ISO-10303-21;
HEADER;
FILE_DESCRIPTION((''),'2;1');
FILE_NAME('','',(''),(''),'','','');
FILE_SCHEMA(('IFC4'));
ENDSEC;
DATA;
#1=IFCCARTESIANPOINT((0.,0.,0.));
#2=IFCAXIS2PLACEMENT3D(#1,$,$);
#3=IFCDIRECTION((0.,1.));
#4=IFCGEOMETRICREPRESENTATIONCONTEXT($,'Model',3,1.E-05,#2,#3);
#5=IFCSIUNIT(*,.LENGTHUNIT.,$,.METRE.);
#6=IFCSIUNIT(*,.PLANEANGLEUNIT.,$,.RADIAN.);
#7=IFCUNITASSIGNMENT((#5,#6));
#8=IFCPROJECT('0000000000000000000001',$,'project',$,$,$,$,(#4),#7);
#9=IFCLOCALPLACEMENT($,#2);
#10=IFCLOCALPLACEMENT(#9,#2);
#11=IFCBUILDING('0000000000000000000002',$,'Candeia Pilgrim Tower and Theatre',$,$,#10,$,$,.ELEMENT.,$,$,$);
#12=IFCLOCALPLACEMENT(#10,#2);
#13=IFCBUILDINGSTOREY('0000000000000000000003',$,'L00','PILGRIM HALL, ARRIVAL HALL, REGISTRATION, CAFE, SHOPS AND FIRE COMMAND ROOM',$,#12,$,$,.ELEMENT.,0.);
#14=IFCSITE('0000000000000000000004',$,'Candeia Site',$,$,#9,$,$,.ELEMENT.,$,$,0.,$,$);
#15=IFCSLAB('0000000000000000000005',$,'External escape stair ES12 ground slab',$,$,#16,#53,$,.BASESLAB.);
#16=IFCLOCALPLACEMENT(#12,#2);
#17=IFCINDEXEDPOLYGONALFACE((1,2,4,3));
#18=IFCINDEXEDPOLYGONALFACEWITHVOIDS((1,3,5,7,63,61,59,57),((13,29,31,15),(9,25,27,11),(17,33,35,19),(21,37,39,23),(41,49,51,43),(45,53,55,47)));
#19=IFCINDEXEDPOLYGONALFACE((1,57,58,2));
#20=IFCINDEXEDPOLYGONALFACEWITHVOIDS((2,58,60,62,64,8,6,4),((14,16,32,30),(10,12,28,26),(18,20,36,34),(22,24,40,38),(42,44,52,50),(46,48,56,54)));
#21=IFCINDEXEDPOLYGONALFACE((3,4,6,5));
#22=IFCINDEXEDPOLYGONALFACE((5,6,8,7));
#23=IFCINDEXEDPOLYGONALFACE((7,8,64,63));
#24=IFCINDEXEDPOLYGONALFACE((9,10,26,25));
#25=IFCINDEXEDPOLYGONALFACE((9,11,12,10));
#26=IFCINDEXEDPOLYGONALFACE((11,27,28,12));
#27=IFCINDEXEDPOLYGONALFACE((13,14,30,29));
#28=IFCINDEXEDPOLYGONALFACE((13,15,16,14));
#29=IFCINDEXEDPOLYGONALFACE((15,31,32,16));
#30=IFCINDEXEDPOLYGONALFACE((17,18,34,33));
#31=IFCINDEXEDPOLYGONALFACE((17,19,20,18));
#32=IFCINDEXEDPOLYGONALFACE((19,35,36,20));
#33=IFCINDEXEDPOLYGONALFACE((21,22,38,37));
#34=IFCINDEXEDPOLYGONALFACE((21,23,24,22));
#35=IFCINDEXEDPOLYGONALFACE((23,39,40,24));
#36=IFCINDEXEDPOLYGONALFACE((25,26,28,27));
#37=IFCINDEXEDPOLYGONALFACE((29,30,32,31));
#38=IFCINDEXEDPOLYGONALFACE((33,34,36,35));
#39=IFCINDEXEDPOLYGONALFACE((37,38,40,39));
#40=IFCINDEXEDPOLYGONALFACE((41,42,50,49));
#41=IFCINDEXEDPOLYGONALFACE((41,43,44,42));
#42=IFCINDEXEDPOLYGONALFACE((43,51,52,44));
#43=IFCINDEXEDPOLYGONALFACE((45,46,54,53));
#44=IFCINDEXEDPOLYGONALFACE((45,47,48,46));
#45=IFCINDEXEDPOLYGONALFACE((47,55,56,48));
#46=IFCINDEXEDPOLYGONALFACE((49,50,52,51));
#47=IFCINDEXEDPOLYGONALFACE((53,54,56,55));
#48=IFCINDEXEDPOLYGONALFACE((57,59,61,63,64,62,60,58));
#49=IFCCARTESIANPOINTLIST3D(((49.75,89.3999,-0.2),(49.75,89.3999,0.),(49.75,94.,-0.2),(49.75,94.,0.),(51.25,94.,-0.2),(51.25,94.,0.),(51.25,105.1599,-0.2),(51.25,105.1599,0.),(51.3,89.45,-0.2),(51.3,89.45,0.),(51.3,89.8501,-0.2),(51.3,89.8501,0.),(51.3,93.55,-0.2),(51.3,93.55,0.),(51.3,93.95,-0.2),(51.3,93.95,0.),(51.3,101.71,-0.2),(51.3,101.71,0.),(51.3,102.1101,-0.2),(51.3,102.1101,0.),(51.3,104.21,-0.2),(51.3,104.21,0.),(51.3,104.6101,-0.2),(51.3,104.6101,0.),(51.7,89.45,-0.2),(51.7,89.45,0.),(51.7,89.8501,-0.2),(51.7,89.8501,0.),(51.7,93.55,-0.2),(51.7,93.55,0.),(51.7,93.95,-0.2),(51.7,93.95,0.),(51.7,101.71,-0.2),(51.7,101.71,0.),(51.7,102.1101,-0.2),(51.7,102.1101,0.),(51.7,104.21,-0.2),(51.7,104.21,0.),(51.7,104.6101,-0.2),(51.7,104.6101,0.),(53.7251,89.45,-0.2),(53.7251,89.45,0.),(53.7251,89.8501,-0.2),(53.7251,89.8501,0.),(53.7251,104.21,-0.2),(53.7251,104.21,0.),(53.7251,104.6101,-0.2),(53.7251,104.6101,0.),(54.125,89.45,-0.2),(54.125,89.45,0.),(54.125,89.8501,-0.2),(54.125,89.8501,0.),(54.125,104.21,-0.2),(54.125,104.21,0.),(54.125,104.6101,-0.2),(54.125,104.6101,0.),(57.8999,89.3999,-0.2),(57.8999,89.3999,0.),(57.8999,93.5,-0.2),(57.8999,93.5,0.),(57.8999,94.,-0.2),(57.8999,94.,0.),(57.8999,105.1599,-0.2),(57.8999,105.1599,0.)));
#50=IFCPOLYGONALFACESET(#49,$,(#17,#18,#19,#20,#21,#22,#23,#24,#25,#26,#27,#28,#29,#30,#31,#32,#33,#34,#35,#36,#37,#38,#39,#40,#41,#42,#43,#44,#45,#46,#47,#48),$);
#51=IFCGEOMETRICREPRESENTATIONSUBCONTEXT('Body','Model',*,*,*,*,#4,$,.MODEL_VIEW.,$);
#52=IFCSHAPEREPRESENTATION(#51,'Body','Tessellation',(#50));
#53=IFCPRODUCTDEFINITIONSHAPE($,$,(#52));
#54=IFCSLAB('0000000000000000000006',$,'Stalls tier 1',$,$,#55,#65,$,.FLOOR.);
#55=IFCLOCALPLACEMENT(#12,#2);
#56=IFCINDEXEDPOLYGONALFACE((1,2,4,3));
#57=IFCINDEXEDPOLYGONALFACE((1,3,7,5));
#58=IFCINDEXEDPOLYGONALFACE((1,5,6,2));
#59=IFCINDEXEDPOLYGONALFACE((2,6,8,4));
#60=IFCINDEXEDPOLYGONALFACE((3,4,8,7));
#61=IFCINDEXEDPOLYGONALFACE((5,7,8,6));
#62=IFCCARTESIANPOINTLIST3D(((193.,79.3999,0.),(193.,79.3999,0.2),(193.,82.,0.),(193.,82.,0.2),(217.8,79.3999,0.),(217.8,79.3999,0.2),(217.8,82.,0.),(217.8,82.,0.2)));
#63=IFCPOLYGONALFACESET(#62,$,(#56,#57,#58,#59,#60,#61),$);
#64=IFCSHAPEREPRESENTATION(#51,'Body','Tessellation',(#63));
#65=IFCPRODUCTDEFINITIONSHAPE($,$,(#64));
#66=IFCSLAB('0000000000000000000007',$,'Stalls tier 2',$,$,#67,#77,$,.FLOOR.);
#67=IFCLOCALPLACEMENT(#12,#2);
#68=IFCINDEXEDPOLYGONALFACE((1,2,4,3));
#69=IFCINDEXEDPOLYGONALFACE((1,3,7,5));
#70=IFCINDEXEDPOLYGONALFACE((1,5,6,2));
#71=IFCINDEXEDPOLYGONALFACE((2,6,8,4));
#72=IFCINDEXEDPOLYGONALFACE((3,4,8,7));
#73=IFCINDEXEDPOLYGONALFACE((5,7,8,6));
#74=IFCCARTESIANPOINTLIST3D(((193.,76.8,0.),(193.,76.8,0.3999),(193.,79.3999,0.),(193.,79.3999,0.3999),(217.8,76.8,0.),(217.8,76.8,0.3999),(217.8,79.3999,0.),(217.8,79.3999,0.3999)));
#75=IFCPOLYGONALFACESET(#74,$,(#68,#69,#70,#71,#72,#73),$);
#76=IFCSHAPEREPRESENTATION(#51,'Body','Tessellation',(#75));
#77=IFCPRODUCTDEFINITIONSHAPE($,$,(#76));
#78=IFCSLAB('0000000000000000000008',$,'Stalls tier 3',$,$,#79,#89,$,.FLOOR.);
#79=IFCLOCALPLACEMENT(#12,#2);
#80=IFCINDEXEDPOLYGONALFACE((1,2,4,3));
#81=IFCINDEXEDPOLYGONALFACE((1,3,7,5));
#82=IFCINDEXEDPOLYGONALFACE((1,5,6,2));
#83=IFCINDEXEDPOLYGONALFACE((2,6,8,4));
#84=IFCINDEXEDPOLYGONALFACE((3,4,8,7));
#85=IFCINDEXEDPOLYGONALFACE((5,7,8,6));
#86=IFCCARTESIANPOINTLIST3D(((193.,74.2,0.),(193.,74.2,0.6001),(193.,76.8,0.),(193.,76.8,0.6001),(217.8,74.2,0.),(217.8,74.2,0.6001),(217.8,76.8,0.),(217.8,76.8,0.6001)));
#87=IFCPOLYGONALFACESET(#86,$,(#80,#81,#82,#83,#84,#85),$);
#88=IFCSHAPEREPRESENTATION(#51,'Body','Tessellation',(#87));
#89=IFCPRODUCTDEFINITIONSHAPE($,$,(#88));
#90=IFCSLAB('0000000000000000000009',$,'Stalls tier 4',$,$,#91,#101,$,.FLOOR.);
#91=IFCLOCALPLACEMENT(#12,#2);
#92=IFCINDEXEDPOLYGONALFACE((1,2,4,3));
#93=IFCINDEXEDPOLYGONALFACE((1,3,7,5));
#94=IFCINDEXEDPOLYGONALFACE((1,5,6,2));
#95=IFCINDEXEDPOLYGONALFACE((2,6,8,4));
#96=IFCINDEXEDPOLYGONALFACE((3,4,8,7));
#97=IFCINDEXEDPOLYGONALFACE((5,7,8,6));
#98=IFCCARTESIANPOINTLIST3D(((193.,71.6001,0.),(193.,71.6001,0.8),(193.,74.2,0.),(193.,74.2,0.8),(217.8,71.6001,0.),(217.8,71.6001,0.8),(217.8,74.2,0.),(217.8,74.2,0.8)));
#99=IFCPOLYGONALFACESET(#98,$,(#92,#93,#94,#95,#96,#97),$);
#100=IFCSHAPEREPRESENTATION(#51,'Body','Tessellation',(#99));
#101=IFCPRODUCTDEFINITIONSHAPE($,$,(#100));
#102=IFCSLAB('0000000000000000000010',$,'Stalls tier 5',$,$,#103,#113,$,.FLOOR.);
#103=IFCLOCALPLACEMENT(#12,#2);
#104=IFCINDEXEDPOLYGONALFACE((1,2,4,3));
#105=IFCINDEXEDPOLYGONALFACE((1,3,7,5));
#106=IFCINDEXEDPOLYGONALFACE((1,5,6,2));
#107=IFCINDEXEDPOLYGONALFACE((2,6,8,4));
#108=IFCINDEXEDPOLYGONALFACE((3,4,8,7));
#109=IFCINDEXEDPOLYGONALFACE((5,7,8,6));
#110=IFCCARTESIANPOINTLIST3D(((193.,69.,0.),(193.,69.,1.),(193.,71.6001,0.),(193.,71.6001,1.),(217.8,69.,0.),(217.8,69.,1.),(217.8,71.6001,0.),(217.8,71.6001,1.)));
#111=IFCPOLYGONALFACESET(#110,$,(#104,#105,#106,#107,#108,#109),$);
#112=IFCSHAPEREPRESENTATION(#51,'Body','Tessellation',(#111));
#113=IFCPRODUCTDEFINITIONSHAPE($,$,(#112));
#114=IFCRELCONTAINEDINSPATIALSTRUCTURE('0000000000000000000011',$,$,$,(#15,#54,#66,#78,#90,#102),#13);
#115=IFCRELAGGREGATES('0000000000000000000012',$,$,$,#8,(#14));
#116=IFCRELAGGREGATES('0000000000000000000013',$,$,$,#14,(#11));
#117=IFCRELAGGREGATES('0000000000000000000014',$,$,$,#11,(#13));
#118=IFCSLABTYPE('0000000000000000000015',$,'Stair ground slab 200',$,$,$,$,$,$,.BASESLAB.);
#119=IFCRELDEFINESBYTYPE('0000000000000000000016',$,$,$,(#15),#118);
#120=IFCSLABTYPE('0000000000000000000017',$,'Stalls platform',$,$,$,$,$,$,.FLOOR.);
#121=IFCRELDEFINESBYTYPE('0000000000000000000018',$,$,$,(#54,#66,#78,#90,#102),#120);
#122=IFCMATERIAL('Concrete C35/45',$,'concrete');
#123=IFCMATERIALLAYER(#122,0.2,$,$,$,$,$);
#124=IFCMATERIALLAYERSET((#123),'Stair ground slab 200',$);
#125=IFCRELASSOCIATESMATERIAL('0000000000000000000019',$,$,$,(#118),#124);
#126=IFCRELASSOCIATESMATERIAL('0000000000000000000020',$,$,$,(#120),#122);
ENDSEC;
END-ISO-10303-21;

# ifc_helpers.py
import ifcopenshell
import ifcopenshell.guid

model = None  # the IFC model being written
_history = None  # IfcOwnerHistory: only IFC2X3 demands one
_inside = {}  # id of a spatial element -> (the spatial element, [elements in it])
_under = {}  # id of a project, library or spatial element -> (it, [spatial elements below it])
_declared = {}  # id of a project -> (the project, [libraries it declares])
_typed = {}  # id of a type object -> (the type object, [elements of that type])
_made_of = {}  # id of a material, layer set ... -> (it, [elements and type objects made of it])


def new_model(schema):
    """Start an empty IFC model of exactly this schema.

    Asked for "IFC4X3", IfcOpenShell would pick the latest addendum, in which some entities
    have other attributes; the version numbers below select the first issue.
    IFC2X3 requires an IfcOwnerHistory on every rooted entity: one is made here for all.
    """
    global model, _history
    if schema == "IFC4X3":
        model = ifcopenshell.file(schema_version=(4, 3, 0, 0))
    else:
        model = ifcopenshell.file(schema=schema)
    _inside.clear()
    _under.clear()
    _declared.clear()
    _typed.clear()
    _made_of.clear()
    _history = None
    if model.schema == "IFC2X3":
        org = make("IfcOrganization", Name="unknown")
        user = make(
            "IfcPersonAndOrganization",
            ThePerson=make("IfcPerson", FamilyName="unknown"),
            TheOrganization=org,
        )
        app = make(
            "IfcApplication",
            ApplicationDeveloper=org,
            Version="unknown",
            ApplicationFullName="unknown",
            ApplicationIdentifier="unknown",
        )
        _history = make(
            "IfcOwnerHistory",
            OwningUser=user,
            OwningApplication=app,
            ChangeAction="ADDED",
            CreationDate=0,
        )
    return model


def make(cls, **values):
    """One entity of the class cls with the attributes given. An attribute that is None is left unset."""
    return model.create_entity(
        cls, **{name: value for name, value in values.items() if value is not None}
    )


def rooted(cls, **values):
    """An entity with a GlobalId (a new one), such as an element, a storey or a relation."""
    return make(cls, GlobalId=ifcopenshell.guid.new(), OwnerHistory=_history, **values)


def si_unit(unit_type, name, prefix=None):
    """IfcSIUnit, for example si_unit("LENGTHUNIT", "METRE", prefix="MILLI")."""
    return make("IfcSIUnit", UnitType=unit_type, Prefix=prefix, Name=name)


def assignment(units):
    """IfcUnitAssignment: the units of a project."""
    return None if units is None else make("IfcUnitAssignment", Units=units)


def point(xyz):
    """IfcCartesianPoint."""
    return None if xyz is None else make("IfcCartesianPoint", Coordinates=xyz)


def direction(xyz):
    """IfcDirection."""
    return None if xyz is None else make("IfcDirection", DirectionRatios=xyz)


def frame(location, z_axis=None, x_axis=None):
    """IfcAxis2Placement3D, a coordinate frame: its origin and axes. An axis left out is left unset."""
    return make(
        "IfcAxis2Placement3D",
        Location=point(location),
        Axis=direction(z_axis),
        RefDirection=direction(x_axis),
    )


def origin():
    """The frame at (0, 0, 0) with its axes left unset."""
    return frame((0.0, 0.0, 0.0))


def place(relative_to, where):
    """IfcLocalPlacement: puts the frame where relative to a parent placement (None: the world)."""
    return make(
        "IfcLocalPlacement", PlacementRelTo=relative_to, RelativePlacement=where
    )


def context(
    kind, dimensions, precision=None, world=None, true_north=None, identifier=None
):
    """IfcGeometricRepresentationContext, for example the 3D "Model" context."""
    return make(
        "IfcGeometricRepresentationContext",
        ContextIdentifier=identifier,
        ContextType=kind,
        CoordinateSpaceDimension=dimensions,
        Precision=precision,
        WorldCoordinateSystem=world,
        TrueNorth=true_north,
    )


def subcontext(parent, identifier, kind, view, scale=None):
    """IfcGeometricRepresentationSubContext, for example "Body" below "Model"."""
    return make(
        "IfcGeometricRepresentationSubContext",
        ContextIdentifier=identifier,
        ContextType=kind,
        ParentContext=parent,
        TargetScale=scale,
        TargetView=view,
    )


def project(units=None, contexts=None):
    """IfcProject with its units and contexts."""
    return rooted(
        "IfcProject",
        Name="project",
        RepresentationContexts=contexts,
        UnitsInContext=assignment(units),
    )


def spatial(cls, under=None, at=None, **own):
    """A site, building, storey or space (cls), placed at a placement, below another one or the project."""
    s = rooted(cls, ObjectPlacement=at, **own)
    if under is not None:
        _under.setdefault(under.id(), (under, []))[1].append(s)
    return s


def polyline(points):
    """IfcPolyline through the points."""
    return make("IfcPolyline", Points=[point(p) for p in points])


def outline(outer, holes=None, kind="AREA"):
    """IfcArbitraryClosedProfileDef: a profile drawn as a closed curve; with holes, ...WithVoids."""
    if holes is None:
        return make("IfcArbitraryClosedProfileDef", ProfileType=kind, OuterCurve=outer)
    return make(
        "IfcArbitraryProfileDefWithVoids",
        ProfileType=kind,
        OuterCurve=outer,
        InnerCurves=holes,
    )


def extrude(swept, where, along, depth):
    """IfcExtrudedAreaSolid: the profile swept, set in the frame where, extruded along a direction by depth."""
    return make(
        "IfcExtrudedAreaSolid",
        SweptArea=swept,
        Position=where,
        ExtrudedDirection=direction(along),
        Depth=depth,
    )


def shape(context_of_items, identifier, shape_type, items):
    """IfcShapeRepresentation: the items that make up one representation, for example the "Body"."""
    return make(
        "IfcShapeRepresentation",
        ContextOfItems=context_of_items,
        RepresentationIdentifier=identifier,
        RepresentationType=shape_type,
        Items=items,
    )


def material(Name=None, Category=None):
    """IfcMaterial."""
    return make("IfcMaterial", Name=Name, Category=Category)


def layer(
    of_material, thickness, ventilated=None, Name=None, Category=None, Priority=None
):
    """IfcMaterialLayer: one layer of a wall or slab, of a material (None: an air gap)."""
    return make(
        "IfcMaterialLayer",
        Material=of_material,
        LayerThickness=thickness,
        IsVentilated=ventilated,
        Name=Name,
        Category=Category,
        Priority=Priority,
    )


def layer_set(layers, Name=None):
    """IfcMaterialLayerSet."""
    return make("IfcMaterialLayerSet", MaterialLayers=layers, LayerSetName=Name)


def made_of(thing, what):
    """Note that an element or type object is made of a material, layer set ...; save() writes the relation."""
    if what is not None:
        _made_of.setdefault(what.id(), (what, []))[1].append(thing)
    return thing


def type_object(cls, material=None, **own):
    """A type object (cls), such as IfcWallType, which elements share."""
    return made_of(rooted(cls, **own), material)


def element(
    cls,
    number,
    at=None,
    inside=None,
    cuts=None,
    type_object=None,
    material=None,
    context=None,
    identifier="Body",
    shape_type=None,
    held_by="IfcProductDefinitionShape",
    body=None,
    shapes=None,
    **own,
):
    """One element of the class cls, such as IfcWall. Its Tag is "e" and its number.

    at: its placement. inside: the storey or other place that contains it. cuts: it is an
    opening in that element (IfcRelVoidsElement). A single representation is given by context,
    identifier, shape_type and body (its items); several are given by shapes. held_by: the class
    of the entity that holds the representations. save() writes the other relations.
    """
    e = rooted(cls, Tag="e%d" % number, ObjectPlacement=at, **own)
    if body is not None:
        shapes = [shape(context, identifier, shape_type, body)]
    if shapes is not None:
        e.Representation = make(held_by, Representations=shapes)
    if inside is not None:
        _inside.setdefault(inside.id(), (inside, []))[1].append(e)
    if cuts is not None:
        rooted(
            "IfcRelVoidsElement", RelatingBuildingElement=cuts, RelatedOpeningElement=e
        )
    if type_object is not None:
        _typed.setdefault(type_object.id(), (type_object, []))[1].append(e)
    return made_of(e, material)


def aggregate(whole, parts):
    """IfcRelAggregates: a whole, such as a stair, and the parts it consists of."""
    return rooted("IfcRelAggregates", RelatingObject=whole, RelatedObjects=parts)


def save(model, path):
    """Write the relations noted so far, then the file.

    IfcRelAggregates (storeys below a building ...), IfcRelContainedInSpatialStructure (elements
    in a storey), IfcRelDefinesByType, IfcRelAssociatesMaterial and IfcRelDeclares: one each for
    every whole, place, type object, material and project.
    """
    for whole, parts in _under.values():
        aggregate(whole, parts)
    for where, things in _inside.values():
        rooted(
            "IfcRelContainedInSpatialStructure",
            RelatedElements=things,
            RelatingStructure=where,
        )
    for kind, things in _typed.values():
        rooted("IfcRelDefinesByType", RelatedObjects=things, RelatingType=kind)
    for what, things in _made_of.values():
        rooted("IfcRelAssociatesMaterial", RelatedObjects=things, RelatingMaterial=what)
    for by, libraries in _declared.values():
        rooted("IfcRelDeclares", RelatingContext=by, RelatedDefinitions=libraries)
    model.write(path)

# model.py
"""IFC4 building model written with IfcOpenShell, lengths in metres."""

from ifc_helpers import new_model, si_unit, direction, frame, origin, place, context, subcontext, project, spatial, polyline, outline, extrude, material, layer, layer_set, type_object, element, save


model = new_model("IFC4")

# Units and contexts
model_context = context("Model", 3, precision=1e-05, world=origin(), true_north=direction((0.0, 1.0)))
body_context = subcontext(model_context, "Body", "Model", "MODEL_VIEW")
ifc_project = project(units=[si_unit("LENGTHUNIT", "METRE"), si_unit("PLANEANGLEUNIT", "RADIAN")], contexts=[model_context])

# Site, building, storey
site_placement = place(None, origin())
site = spatial("IfcSite", under=ifc_project, at=site_placement, Name="Candeia Site", CompositionType="ELEMENT", RefElevation=0.0)
building_placement = place(site_placement, origin())
building = spatial("IfcBuilding", under=site, at=building_placement, Name="Candeia Pilgrim Tower and Theatre", CompositionType="ELEMENT")
storey_placement = place(building_placement, origin())
storey = spatial("IfcBuildingStorey", under=building, at=storey_placement, Name="L00", Description="PILGRIM HALL, ARRIVAL HALL, REGISTRATION, CAFE, SHOPS AND FIRE COMMAND ROOM", CompositionType="ELEMENT", Elevation=0.0)

# Slabs
ifc_material = material(Name="Concrete C35/45", Category="concrete")
ifc_layer_1 = layer(ifc_material, 0.2)
ifc_layer_set_1 = layer_set([ifc_layer_1], Name="Stair ground slab 200")
slab_type_1 = type_object("IfcSlabType", Name="Stair ground slab 200", PredefinedType="BASESLAB", material=ifc_layer_set_1)
slab_1_placement = place(storey_placement, frame((0.0, 0.0, -0.2)))
element("IfcSlab", 1, at=slab_1_placement, inside=storey, type_object=slab_type_1, Name="External escape stair ES12 ground slab", PredefinedType="BASESLAB", context=body_context, shape_type="SweptSolid", body=[
    extrude(outline(polyline([(49.75, 94.0), (51.25, 94.0), (51.25, 105.1599), (57.8999, 105.1599), (57.8999, 94.0), (57.8999, 93.5), (57.8999, 89.3999), (49.75, 89.3999), (49.75, 94.0)]), holes=[polyline([(51.7, 89.45), (51.7, 89.8501), (51.3, 89.8501), (51.3, 89.45), (51.7, 89.45)]), polyline([(53.7251, 89.45), (54.125, 89.45), (54.125, 89.8501), (53.7251, 89.8501), (53.7251, 89.45)]), polyline([(51.3, 93.55), (51.7, 93.55), (51.7, 93.95), (51.3, 93.95), (51.3, 93.55)]), polyline([(51.7, 101.71), (51.7, 102.1101), (51.3, 102.1101), (51.3, 101.71), (51.7, 101.71)]), polyline([(51.3, 104.21), (51.7, 104.21), (51.7, 104.6101), (51.3, 104.6101), (51.3, 104.21)]), polyline([(53.7251, 104.21), (54.125, 104.21), (54.125, 104.6101), (53.7251, 104.6101), (53.7251, 104.21)])]), origin(), (0.0, 0.0, 1.0), 0.2),
])
slab_type_2 = type_object("IfcSlabType", Name="Stalls platform", PredefinedType="FLOOR", material=ifc_material)
slab_2_placement = place(storey_placement, origin())
element("IfcSlab", 2, at=slab_2_placement, inside=storey, type_object=slab_type_2, Name="Stalls tier 1", PredefinedType="FLOOR", context=body_context, shape_type="SweptSolid", body=[
    extrude(outline(polyline([(193.0, 79.3999), (217.8, 79.3999), (217.8, 82.0), (193.0, 82.0), (193.0, 79.3999)])), origin(), (0.0, 0.0, 1.0), 0.2),
])
slab_3_placement = place(storey_placement, origin())
element("IfcSlab", 3, at=slab_3_placement, inside=storey, type_object=slab_type_2, Name="Stalls tier 2", PredefinedType="FLOOR", context=body_context, shape_type="SweptSolid", body=[
    extrude(outline(polyline([(193.0, 76.8), (217.8, 76.8), (217.8, 79.3999), (193.0, 79.3999), (193.0, 76.8)])), origin(), (0.0, 0.0, 1.0), 0.3999),
])
slab_4_placement = place(storey_placement, origin())
element("IfcSlab", 4, at=slab_4_placement, inside=storey, type_object=slab_type_2, Name="Stalls tier 3", PredefinedType="FLOOR", context=body_context, shape_type="SweptSolid", body=[
    extrude(outline(polyline([(193.0, 74.2), (217.8, 74.2), (217.8, 76.8), (193.0, 76.8), (193.0, 74.2)])), origin(), (0.0, 0.0, 1.0), 0.6001),
])
slab_5_placement = place(storey_placement, origin())
element("IfcSlab", 5, at=slab_5_placement, inside=storey, type_object=slab_type_2, Name="Stalls tier 4", PredefinedType="FLOOR", context=body_context, shape_type="SweptSolid", body=[
    extrude(outline(polyline([(193.0, 71.6001), (217.8, 71.6001), (217.8, 74.2), (193.0, 74.2), (193.0, 71.6001)])), origin(), (0.0, 0.0, 1.0), 0.8),
])
slab_6_placement = place(storey_placement, origin())
element("IfcSlab", 6, at=slab_6_placement, inside=storey, type_object=slab_type_2, Name="Stalls tier 5", PredefinedType="FLOOR", context=body_context, shape_type="SweptSolid", body=[
    extrude(outline(polyline([(193.0, 69.0), (217.8, 69.0), (217.8, 71.6001), (193.0, 71.6001), (193.0, 69.0)])), origin(), (0.0, 0.0, 1.0), 1.0),
])

save(model, "model.ifc")
